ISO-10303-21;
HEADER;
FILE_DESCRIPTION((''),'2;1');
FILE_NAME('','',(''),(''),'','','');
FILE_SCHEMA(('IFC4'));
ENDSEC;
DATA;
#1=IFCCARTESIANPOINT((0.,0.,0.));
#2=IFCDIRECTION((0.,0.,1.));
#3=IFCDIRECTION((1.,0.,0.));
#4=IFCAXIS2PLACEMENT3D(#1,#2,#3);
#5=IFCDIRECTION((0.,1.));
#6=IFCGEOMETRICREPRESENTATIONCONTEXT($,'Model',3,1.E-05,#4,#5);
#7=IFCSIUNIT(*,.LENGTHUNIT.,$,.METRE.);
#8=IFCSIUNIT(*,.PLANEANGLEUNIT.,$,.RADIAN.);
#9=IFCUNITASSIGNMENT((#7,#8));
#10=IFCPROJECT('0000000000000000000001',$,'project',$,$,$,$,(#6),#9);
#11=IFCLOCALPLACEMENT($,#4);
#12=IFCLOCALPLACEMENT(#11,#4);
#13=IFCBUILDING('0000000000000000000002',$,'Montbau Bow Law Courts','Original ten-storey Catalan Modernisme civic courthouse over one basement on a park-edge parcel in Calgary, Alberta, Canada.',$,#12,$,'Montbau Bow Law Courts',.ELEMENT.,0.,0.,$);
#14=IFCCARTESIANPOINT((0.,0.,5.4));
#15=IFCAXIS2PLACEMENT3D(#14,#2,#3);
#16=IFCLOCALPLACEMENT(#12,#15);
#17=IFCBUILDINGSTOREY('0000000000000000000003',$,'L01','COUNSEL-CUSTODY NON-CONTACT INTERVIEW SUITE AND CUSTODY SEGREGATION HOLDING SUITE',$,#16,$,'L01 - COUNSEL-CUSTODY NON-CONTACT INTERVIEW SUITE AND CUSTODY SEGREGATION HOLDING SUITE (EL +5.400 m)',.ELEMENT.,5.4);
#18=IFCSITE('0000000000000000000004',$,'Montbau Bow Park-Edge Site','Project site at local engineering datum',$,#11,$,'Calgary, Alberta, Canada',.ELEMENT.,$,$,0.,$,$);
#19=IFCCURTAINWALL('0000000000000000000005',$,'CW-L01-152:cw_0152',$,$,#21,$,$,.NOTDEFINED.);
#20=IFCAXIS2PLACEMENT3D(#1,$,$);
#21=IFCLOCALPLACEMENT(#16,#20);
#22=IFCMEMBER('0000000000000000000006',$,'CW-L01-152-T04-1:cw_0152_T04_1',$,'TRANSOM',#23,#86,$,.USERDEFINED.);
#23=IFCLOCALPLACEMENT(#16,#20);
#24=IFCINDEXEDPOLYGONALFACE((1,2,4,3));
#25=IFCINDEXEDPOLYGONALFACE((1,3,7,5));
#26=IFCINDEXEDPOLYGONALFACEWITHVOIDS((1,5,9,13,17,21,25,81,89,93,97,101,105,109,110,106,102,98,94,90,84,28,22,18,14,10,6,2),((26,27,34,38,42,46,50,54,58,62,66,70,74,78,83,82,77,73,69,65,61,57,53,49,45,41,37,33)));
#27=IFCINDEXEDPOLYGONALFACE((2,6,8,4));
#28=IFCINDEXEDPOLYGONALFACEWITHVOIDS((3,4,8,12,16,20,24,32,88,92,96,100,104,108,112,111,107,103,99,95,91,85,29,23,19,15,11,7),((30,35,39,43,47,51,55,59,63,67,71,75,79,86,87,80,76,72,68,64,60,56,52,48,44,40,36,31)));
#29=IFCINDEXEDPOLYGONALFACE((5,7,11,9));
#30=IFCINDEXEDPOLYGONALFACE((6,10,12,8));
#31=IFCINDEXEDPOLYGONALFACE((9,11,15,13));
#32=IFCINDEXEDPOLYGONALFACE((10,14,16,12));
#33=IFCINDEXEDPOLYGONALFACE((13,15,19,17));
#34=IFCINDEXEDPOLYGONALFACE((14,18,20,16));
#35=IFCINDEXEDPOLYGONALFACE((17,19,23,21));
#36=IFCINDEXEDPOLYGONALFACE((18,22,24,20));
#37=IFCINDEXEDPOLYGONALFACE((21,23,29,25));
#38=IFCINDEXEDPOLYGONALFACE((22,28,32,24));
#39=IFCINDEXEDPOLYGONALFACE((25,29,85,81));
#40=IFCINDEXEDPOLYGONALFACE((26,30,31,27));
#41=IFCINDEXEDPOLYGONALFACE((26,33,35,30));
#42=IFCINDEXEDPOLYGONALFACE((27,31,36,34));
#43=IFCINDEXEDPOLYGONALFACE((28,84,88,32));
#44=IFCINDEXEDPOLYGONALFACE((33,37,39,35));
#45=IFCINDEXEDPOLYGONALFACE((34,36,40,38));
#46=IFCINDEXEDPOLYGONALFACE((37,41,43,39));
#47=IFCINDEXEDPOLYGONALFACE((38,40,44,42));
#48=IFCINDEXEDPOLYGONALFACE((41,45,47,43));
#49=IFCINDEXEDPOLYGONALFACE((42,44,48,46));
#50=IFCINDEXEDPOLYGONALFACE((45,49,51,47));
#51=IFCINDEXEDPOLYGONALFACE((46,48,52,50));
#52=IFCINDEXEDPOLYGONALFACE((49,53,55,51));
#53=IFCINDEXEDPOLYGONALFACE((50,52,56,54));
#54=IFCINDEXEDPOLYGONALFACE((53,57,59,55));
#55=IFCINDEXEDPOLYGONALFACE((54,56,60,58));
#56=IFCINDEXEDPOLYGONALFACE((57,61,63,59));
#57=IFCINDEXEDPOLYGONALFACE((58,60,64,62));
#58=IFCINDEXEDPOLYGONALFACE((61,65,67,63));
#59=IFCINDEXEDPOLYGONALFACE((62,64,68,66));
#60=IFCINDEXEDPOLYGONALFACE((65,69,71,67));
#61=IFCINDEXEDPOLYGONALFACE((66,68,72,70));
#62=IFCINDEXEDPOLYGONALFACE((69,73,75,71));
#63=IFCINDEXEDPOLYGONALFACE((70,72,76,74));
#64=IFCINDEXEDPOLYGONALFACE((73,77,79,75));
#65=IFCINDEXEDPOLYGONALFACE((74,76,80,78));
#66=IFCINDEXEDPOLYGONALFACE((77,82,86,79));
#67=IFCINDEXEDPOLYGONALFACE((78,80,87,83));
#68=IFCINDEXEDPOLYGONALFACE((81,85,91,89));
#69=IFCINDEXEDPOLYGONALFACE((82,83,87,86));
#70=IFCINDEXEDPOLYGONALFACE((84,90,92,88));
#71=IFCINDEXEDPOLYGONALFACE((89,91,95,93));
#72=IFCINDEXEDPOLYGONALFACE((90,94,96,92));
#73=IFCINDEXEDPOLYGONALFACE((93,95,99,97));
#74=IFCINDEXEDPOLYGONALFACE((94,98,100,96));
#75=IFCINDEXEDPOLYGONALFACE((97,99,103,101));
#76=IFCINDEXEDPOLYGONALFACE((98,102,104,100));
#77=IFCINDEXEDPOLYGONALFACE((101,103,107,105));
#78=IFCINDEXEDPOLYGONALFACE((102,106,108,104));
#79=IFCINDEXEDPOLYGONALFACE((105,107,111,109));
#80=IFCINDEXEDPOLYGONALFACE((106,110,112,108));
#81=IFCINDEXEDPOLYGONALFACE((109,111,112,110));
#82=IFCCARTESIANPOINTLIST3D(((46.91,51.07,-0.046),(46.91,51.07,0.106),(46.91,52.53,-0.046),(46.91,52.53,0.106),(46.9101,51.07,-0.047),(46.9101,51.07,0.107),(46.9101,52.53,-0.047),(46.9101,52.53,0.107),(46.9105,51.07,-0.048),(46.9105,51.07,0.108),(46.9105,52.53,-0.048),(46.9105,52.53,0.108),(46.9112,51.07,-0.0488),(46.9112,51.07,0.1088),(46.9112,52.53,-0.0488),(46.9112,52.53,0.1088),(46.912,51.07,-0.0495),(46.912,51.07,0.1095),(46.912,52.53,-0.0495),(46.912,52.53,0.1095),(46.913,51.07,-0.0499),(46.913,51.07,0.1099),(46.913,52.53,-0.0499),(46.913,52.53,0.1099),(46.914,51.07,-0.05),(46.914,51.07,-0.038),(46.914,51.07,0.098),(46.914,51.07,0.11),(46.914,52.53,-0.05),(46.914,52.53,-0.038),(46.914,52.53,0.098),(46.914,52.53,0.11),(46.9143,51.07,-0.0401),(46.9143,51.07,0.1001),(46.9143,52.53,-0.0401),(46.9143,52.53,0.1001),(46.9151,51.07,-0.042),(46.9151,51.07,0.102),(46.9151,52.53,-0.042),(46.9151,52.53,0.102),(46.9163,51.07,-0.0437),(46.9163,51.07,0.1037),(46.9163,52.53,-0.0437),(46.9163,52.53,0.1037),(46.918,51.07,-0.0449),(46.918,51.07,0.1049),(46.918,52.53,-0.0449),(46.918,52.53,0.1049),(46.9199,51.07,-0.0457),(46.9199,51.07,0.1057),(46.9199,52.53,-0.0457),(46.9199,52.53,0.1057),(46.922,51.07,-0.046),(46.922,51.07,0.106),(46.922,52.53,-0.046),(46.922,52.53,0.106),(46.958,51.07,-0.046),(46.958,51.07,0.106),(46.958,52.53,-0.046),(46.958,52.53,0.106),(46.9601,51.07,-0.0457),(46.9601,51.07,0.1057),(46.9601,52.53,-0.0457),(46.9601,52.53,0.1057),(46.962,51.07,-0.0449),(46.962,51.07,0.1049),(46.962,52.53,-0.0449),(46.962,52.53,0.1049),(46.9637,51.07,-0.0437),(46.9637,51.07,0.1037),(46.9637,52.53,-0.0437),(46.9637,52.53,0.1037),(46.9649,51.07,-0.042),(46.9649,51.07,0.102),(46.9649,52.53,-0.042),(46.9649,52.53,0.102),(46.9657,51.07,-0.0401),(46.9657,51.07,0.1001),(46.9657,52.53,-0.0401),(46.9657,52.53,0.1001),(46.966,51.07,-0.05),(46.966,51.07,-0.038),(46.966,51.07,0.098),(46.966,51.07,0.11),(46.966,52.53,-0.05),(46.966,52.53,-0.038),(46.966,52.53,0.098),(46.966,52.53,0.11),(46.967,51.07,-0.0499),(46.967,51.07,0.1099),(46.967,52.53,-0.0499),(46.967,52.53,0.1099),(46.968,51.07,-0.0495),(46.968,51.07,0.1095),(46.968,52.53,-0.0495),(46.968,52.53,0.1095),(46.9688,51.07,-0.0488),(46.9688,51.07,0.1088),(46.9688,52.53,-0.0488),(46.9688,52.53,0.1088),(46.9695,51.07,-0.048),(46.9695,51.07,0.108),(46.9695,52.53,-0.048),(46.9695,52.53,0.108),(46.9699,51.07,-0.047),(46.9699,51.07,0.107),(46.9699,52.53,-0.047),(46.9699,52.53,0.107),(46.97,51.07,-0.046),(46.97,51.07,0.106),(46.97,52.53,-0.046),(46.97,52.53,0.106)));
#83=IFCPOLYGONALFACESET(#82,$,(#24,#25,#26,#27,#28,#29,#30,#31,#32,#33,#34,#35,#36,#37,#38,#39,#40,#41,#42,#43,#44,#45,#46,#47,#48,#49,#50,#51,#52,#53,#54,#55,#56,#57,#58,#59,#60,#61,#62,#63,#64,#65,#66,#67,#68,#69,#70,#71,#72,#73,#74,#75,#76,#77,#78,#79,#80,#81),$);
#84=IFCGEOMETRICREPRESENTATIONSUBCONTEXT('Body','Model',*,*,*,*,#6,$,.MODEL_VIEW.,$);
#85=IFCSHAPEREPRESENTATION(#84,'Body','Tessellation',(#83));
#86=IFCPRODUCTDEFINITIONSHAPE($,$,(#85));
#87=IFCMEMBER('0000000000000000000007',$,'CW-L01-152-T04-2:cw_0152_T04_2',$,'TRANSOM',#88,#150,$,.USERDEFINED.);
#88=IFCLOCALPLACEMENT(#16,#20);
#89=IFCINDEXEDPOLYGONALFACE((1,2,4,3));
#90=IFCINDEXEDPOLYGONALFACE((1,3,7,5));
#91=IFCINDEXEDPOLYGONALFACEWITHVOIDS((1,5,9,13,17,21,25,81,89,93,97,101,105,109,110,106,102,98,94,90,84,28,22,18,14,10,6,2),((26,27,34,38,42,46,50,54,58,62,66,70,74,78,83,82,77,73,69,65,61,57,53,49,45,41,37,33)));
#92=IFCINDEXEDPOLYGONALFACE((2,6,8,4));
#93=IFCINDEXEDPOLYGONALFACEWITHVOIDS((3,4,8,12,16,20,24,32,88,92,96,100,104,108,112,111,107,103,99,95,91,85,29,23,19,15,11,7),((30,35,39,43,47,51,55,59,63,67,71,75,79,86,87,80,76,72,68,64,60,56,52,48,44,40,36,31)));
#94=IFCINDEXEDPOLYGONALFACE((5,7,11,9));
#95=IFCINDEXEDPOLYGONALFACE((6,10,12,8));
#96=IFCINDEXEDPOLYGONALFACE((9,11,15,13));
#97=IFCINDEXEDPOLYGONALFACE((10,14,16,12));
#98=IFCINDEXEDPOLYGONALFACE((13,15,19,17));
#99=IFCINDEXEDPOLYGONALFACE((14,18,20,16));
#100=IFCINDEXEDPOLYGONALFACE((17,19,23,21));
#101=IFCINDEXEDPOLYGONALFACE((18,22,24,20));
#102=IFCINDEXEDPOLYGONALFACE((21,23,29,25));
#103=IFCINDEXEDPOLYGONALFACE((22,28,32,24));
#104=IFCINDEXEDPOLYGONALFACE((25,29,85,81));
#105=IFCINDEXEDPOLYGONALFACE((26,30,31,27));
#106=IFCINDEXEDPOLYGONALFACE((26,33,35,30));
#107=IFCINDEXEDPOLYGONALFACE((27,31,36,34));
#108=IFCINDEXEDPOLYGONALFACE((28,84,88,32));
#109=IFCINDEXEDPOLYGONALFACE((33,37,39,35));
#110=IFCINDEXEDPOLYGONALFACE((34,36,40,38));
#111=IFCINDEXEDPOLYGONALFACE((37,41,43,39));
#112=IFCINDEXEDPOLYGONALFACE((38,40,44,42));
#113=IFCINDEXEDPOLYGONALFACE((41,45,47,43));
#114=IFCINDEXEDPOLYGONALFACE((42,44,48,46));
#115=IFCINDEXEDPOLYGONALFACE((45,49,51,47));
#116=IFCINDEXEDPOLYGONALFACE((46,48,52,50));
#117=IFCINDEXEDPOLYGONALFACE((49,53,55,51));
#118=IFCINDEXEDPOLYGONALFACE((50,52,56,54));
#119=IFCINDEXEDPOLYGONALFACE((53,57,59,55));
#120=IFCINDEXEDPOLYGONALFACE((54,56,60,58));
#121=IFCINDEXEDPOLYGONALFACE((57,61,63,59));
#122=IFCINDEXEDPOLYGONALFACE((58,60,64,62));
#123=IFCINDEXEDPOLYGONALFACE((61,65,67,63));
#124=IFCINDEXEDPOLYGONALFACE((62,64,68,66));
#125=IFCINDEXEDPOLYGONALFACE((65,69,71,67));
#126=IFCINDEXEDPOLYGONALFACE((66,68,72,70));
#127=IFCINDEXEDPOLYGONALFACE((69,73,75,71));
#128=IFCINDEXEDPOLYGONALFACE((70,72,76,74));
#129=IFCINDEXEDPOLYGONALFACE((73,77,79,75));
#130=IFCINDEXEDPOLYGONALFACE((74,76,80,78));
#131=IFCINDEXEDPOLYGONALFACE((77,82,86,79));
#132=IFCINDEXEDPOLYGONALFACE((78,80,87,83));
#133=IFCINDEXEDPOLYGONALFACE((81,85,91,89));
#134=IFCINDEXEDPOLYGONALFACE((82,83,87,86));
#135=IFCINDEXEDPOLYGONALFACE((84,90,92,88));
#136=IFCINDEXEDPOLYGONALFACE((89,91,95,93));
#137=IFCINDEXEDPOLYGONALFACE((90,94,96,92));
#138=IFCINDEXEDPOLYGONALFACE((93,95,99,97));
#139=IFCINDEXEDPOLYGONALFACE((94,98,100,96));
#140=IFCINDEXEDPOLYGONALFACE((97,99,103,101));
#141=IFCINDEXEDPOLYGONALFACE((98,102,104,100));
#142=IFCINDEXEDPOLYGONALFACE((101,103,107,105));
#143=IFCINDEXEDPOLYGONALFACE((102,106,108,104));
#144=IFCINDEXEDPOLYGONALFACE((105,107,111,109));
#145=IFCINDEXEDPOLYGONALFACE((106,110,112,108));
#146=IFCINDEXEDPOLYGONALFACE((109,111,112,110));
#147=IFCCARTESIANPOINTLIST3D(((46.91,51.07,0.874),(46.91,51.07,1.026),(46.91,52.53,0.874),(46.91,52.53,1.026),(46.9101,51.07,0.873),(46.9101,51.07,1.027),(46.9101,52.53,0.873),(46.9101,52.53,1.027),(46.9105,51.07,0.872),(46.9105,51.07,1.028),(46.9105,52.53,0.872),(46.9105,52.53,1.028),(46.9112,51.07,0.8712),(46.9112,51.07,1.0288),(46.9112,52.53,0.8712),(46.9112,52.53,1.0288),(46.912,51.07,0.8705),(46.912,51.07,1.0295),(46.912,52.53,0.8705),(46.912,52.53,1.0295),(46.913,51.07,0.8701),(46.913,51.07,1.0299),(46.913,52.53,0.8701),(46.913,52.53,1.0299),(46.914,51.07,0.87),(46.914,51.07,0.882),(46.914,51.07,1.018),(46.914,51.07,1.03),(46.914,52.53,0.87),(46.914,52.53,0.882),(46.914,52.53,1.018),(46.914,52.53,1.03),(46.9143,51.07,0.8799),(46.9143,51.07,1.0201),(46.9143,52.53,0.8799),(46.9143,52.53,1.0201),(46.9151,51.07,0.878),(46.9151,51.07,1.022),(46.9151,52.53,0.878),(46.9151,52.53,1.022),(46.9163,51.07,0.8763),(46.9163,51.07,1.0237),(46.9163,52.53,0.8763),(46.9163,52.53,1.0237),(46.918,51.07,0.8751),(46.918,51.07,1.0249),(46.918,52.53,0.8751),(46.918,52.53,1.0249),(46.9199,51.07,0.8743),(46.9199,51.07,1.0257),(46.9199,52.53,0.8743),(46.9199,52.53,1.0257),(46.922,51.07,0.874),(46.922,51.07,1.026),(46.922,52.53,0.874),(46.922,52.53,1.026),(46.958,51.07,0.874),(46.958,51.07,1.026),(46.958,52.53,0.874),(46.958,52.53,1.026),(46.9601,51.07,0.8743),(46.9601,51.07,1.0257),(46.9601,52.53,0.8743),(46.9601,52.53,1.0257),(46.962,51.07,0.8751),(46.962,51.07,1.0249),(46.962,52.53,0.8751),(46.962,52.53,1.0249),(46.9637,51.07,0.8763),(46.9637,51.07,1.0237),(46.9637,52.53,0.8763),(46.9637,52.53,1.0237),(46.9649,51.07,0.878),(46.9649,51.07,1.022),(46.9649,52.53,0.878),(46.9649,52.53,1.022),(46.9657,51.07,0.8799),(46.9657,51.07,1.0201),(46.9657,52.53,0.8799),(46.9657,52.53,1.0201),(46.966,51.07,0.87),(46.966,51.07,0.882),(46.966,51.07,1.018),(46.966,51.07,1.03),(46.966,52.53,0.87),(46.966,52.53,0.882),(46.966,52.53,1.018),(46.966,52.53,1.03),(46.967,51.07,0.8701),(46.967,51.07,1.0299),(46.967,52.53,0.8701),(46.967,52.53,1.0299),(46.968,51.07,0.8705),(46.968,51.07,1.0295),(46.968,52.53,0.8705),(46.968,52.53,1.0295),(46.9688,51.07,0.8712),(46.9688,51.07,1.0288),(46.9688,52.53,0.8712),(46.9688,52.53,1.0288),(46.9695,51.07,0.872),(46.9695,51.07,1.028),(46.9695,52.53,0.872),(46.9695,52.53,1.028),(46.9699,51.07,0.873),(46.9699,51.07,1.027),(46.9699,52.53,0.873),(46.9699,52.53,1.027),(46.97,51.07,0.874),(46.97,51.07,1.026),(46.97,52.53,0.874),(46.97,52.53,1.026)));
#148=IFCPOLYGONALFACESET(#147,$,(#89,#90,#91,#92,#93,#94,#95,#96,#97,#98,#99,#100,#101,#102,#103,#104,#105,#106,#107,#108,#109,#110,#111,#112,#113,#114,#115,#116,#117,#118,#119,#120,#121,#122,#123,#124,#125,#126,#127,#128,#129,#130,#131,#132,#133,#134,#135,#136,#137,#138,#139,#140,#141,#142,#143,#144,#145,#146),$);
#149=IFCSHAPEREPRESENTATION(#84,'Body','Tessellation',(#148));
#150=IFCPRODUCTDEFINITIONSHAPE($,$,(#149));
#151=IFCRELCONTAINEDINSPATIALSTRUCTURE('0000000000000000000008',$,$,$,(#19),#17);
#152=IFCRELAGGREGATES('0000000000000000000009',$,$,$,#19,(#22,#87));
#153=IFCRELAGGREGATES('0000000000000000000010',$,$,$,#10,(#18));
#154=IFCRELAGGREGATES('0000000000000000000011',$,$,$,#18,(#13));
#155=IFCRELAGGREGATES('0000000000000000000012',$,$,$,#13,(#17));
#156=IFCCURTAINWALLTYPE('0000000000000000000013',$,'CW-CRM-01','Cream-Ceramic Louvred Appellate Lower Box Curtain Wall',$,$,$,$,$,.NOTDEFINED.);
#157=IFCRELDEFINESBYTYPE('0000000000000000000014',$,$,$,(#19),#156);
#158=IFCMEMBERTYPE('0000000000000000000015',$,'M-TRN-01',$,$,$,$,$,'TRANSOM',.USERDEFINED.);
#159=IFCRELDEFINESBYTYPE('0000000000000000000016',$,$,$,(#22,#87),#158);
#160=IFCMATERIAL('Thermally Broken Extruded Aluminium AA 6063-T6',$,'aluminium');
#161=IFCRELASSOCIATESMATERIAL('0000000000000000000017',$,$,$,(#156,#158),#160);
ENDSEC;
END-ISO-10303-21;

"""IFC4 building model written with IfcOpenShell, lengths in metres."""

from ifc_helpers import new_model, si_unit, direction, frame, origin_with_axes, origin_2d_with_axis, place, context, subcontext, project, spatial, hollow_rectangle, extrude, material, material_profile, profile_set, type_object, element, aggregate, save


model = new_model("IFC4")

# Units and contexts
model_context = context("Model", 3, precision=1e-05, world=origin_with_axes(), true_north=direction((0.0, 1.0)))
body_context = subcontext(model_context, "Body", "Model", "MODEL_VIEW")
ifc_project = project(units=[si_unit("LENGTHUNIT", "METRE"), si_unit("PLANEANGLEUNIT", "RADIAN")], contexts=[model_context])

# Site, building, storey
site_placement = place(None, origin_with_axes())
site = spatial("IfcSite", under=ifc_project, at=site_placement, Name="Montbau Bow Park-Edge Site", Description="Project site at local engineering datum", LongName="Calgary, Alberta, Canada", CompositionType="ELEMENT", RefElevation=0.0)
building_placement = place(site_placement, origin_with_axes())
building = spatial("IfcBuilding", under=site, at=building_placement, Name="Montbau Bow Law Courts", Description="Original ten-storey Catalan Modernisme civic courthouse over one basement on a park-edge parcel in Calgary, Alberta, Canada.", LongName="Montbau Bow Law Courts", CompositionType="ELEMENT", ElevationOfRefHeight=0.0, ElevationOfTerrain=0.0)
storey_placement = place(building_placement, frame((0.0, 0.0, 5.4), z_axis=(0.0, 0.0, 1.0), x_axis=(1.0, 0.0, 0.0)))
storey = spatial("IfcBuildingStorey", under=building, at=storey_placement, Name="L01", Description="COUNSEL-CUSTODY NON-CONTACT INTERVIEW SUITE AND CUSTODY SEGREGATION HOLDING SUITE", LongName="L01 - COUNSEL-CUSTODY NON-CONTACT INTERVIEW SUITE AND CUSTODY SEGREGATION HOLDING SUITE (EL +5.400 m)", CompositionType="ELEMENT", Elevation=5.4)

# Curtain wall, members
ifc_material_1 = material(Name="Thermally Broken Extruded Aluminium AA 6063-T6", Category="aluminium")
curtain_wall_type_1 = type_object("IfcCurtainWallType", Name="CW-CRM-01", Description="Cream-Ceramic Louvred Appellate Lower Box Curtain Wall", PredefinedType="NOTDEFINED", material=ifc_material_1)
curtain_wall_1_placement = place(None, frame((46.94, 46.468, 5.4), z_axis=(0.0, 0.0, 1.0), x_axis=(1.0, 0.0, 0.0)))
curtain_wall_1 = element("IfcCurtainWall", 1, at=curtain_wall_1_placement, inside=storey, type_object=curtain_wall_type_1, Name="CW-L01-152:cw_0152", PredefinedType="NOTDEFINED")
ifc_material_profile_1 = material_profile(ifc_material_1, hollow_rectangle(XDim=0.06, YDim=0.16, WallThickness=0.004, InnerFilletRadius=0.008, OuterFilletRadius=0.004, at=origin_2d_with_axis()), Name="CWT-160X60", Category="Main", Priority=0)
ifc_profile_set_1 = profile_set([ifc_material_profile_1], Name="Thermally Broken Extruded Aluminium AA 6063-T6")
member_type_1 = type_object("IfcMemberType", Name="M-TRN-01", ElementType="TRANSOM", PredefinedType="USERDEFINED", material=ifc_profile_set_1)
member_1_placement = place(None, frame((46.94, 51.07, 5.43), z_axis=(0.0, 1.0, 0.0), x_axis=(-1.0, 0.0, 0.0)))
member_1 = element("IfcMember", 2, at=member_1_placement, type_object=member_type_1, Name="CW-L01-152-T04-1:cw_0152_T04_1", ObjectType="TRANSOM", PredefinedType="USERDEFINED", context=body_context, shape_type="SweptSolid", body=[
    extrude(hollow_rectangle(XDim=0.06, YDim=0.16, WallThickness=0.004, InnerFilletRadius=0.008, OuterFilletRadius=0.004, at=origin_2d_with_axis()), origin_with_axes(), (0.0, 0.0, 1.0), 1.46),
])
member_2_placement = place(None, frame((46.94, 51.07, 6.35), z_axis=(0.0, 1.0, 0.0), x_axis=(-1.0, 0.0, 0.0)))
member_2 = element("IfcMember", 3, at=member_2_placement, type_object=member_type_1, Name="CW-L01-152-T04-2:cw_0152_T04_2", ObjectType="TRANSOM", PredefinedType="USERDEFINED", context=body_context, shape_type="SweptSolid", body=[
    extrude(hollow_rectangle(XDim=0.06, YDim=0.16, WallThickness=0.004, InnerFilletRadius=0.008, OuterFilletRadius=0.004, at=origin_2d_with_axis()), origin_with_axes(), (0.0, 0.0, 1.0), 1.46),
])

aggregate(curtain_wall_1, [member_1, member_2])

save(model, "model.ifc")
